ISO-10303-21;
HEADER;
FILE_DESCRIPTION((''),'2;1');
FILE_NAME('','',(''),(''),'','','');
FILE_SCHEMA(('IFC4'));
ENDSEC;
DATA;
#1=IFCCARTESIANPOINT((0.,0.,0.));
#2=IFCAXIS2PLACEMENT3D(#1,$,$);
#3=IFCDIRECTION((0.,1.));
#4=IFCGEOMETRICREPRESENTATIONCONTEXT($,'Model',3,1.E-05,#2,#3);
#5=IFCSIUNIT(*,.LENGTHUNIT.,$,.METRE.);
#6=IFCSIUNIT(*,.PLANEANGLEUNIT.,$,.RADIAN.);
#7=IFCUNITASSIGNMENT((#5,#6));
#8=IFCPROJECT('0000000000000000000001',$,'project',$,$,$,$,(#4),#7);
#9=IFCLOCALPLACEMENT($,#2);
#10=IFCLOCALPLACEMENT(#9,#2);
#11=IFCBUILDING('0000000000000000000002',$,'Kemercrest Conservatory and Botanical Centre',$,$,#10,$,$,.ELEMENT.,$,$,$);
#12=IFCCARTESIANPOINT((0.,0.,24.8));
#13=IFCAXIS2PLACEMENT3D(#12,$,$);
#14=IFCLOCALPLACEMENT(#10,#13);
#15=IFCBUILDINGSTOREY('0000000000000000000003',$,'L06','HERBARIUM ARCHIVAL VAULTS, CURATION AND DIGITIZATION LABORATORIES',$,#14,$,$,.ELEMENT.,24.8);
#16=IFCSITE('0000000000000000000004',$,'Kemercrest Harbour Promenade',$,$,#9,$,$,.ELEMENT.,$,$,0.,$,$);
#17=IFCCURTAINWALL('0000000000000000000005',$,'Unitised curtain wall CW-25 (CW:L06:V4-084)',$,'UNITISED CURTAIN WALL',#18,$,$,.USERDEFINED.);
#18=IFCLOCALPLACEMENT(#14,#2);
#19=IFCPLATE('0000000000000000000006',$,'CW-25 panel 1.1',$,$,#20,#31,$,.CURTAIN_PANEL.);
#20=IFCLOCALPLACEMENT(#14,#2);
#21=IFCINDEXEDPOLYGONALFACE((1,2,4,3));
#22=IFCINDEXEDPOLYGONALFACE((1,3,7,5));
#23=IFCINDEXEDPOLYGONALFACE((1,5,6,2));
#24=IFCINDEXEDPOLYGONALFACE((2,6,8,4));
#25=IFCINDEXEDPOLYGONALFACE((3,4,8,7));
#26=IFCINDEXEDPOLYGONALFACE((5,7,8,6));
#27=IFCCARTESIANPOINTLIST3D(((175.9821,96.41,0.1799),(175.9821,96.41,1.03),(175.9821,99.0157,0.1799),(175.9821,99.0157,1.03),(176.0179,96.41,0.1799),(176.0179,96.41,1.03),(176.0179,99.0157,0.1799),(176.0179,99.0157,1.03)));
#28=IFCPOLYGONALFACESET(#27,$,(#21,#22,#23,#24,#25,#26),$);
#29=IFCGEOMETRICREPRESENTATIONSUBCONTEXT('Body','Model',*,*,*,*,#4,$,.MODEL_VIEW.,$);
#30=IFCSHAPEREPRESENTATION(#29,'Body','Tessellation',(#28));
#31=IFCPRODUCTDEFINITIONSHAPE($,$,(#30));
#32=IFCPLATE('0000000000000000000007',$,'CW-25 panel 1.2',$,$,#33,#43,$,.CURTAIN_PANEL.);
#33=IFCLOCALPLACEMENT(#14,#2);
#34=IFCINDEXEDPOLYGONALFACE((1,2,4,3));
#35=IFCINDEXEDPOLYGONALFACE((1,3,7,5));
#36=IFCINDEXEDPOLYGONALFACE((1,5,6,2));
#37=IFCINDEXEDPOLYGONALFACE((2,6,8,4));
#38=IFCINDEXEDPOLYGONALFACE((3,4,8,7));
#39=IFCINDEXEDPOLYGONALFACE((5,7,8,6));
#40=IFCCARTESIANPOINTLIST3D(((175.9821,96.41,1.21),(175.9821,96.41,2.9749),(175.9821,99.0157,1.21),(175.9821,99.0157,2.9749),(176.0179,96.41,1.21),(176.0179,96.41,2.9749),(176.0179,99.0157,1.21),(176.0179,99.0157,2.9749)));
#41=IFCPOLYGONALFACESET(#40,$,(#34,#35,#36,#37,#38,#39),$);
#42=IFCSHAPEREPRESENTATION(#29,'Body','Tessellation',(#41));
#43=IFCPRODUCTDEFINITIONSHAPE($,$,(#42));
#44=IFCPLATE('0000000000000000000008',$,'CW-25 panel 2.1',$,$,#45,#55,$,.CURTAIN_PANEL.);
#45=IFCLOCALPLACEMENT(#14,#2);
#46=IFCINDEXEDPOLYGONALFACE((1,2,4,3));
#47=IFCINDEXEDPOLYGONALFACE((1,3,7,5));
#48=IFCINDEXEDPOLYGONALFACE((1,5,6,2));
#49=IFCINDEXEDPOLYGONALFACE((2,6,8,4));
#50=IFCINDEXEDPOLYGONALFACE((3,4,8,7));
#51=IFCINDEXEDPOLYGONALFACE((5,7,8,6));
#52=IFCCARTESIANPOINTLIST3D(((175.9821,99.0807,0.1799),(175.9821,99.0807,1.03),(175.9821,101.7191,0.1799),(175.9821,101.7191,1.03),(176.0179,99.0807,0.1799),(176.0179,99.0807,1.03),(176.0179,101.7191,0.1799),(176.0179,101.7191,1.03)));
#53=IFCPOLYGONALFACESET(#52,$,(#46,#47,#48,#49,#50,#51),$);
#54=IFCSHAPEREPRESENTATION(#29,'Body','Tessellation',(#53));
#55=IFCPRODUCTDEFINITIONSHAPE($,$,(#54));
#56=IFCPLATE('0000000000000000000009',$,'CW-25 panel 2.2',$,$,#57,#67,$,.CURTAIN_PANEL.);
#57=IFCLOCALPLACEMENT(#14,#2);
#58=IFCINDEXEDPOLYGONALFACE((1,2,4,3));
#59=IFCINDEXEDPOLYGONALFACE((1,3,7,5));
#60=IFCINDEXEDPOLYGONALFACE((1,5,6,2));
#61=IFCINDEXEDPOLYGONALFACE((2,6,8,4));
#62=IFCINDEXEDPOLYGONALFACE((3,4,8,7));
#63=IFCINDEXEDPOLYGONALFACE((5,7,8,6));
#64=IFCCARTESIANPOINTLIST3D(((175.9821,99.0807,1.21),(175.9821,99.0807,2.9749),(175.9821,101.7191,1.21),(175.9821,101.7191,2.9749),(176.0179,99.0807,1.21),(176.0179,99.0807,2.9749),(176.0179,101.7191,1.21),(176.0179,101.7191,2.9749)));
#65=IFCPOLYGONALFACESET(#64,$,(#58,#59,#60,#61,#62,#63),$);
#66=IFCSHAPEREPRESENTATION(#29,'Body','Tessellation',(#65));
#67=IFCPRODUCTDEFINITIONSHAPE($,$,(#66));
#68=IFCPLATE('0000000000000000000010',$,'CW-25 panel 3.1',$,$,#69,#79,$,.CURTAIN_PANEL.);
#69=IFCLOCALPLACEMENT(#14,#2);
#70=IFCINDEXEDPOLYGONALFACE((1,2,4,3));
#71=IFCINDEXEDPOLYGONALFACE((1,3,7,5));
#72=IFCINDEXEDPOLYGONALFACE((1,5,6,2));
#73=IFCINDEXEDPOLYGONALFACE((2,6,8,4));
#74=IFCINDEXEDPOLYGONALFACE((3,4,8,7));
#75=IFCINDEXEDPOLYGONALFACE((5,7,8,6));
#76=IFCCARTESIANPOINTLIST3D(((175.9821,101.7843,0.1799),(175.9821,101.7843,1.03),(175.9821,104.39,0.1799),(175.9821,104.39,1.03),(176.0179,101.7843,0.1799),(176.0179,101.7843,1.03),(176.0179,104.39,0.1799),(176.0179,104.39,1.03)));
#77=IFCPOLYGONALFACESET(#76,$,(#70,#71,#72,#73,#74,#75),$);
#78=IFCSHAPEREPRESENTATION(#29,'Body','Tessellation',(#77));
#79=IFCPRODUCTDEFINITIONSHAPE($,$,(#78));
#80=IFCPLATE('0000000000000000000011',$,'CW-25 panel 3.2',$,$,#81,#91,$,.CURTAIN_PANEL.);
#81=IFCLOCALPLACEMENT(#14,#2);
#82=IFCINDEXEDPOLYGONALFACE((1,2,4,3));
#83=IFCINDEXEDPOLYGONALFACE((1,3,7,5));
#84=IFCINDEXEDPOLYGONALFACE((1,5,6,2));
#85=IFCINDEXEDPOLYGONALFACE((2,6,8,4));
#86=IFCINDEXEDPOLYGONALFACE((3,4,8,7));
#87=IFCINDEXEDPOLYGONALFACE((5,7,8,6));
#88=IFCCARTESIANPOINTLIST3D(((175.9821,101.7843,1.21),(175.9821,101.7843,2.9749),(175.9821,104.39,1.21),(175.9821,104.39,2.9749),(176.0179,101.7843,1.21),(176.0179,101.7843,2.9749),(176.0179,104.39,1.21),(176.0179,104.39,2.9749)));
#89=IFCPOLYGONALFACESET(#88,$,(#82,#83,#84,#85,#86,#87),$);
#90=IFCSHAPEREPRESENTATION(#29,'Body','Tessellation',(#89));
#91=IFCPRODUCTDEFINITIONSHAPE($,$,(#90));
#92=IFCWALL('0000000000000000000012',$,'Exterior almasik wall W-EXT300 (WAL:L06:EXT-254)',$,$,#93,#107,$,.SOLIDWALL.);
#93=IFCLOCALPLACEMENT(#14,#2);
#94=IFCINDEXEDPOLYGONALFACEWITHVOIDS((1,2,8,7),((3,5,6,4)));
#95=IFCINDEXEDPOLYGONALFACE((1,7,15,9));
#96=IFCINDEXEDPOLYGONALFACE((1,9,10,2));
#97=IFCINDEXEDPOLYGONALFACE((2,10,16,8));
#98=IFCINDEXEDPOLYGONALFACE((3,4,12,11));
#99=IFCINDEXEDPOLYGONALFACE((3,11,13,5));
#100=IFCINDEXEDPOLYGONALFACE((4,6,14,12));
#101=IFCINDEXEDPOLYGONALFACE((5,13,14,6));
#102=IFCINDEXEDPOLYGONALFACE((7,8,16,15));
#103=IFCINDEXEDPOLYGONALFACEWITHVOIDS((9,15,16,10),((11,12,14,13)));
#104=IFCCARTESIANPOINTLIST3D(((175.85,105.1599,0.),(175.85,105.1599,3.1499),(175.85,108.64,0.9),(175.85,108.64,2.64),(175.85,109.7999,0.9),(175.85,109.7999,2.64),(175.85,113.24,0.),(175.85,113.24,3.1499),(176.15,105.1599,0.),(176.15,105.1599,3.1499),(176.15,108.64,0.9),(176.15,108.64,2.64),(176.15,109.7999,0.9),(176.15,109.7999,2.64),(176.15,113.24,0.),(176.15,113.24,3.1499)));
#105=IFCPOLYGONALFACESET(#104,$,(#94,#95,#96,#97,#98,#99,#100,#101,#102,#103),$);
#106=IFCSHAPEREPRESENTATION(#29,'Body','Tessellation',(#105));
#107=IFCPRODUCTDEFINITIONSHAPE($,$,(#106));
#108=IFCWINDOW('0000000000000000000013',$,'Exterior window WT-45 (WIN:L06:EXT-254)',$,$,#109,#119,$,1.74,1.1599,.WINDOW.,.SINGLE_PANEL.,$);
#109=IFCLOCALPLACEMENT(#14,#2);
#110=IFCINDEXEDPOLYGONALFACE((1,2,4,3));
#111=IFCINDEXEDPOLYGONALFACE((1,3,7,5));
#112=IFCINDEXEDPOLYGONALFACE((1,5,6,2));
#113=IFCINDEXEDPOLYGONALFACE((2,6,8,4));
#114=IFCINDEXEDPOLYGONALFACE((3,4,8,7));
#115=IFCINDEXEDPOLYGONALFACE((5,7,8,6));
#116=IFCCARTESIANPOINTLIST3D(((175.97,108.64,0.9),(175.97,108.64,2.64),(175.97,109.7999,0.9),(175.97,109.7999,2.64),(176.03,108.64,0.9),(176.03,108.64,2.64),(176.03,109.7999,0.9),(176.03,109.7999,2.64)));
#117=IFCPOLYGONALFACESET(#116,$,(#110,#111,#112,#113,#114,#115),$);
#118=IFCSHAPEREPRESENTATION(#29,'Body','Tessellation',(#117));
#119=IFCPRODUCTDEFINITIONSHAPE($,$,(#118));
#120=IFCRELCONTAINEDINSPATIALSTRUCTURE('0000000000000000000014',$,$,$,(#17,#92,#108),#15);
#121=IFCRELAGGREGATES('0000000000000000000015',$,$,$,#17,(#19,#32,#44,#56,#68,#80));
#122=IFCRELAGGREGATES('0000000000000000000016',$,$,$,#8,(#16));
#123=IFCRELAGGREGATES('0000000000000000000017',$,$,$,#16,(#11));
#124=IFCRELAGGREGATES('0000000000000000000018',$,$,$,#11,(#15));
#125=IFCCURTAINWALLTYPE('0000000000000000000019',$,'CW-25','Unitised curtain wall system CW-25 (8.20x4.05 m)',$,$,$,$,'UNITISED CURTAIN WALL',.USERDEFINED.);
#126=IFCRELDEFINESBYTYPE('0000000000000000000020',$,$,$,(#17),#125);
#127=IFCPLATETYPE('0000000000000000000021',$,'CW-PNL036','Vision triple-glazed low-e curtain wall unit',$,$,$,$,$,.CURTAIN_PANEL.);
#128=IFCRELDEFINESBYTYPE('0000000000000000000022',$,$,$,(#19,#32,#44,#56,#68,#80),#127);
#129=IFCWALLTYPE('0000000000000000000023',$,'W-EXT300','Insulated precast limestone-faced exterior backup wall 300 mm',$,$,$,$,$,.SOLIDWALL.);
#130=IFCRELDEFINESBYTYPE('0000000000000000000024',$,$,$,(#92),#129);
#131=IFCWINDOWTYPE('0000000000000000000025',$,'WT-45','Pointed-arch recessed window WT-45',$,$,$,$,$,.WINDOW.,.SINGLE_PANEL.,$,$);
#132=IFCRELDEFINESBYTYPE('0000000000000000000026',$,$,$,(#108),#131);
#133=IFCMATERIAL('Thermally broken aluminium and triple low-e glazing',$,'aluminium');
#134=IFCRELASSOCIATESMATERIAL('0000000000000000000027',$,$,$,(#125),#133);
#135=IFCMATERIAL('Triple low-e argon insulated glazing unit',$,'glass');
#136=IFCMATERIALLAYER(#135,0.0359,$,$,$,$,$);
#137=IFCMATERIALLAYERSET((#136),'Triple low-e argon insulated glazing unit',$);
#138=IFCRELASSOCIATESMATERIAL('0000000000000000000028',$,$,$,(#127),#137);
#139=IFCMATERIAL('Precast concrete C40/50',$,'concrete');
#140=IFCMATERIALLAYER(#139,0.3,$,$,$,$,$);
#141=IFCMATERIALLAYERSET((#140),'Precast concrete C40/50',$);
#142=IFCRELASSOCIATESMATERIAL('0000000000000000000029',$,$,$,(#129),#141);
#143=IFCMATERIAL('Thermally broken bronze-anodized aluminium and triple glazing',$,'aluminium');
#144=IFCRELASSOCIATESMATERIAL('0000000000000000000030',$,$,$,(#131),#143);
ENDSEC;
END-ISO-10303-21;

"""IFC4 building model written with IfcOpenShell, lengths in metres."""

from ifc_helpers import new_model, si_unit, direction, frame, frame_2d, origin, origin_2d, place, context, subcontext, project, spatial, rectangle, extrude, material, layer, layer_set, type_object, element, fill, aggregate, save


model = new_model("IFC4")

# Units and contexts
model_context = context("Model", 3, precision=1e-05, world=origin(), true_north=direction((0.0, 1.0)))
body_context = subcontext(model_context, "Body", "Model", "MODEL_VIEW")
ifc_project = project(units=[si_unit("LENGTHUNIT", "METRE"), si_unit("PLANEANGLEUNIT", "RADIAN")], contexts=[model_context])

# Site, building, storey
site_placement = place(None, origin())
site = spatial("IfcSite", under=ifc_project, at=site_placement, Name="Kemercrest Harbour Promenade", CompositionType="ELEMENT", RefElevation=0.0)
building_placement = place(site_placement, origin())
building = spatial("IfcBuilding", under=site, at=building_placement, Name="Kemercrest Conservatory and Botanical Centre", CompositionType="ELEMENT")
storey_placement = place(building_placement, frame((0.0, 0.0, 24.8)))
storey = spatial("IfcBuildingStorey", under=building, at=storey_placement, Name="L06", Description="HERBARIUM ARCHIVAL VAULTS, CURATION AND DIGITIZATION LABORATORIES", CompositionType="ELEMENT", Elevation=24.8)

# Curtain wall
ifc_material_1 = material(Name="Thermally broken aluminium and triple low-e glazing", Category="aluminium")
curtain_wall_type = type_object("IfcCurtainWallType", Name="CW-25", Description="Unitised curtain wall system CW-25 (8.20x4.05 m)", ElementType="UNITISED CURTAIN WALL", PredefinedType="USERDEFINED", material=ifc_material_1)
curtain_wall_placement = place(storey_placement, origin())
curtain_wall = element("IfcCurtainWall", 1, at=curtain_wall_placement, inside=storey, type_object=curtain_wall_type, Name="Unitised curtain wall CW-25 (CW:L06:V4-084)", ObjectType="UNITISED CURTAIN WALL", PredefinedType="USERDEFINED")

# Plates
ifc_material_2 = material(Name="Triple low-e argon insulated glazing unit", Category="glass")
ifc_layer_1 = layer(ifc_material_2, 0.0359)
ifc_layer_set_1 = layer_set([ifc_layer_1], Name="Triple low-e argon insulated glazing unit")
plate_type = type_object("IfcPlateType", Name="CW-PNL036", Description="Vision triple-glazed low-e curtain wall unit", PredefinedType="CURTAIN_PANEL", material=ifc_layer_set_1)
plate_1_placement = place(storey_placement, frame((176.0, 97.7129, 0.1799), z_axis=(0.0, 0.0, 1.0), x_axis=(0.0, 1.0, 0.0)))
plate_1 = element("IfcPlate", 2, at=plate_1_placement, type_object=plate_type, Name="CW-25 panel 1.1", PredefinedType="CURTAIN_PANEL", context=body_context, shape_type="SweptSolid", body=[
    extrude(rectangle(XDim=2.6057, YDim=0.0359, at=origin_2d()), origin(), (0.0, 0.0, 1.0), 0.8501),
])
plate_2_placement = place(storey_placement, frame((176.0, 97.7129, 1.21), z_axis=(0.0, 0.0, 1.0), x_axis=(0.0, 1.0, 0.0)))
plate_2 = element("IfcPlate", 3, at=plate_2_placement, type_object=plate_type, Name="CW-25 panel 1.2", PredefinedType="CURTAIN_PANEL", context=body_context, shape_type="SweptSolid", body=[
    extrude(rectangle(XDim=2.6057, YDim=0.0359, at=origin_2d()), origin(), (0.0, 0.0, 1.0), 1.7649),
])
plate_3_placement = place(storey_placement, frame((176.0, 100.3999, 0.1799), z_axis=(0.0, 0.0, 1.0), x_axis=(0.0, 1.0, 0.0)))
plate_3 = element("IfcPlate", 4, at=plate_3_placement, type_object=plate_type, Name="CW-25 panel 2.1", PredefinedType="CURTAIN_PANEL", context=body_context, shape_type="SweptSolid", body=[
    extrude(rectangle(XDim=2.6384, YDim=0.0359, at=origin_2d()), origin(), (0.0, 0.0, 1.0), 0.8501),
])
plate_4_placement = place(storey_placement, frame((176.0, 100.3999, 1.21), z_axis=(0.0, 0.0, 1.0), x_axis=(0.0, 1.0, 0.0)))
plate_4 = element("IfcPlate", 5, at=plate_4_placement, type_object=plate_type, Name="CW-25 panel 2.2", PredefinedType="CURTAIN_PANEL", context=body_context, shape_type="SweptSolid", body=[
    extrude(rectangle(XDim=2.6384, YDim=0.0359, at=origin_2d()), origin(), (0.0, 0.0, 1.0), 1.7649),
])
plate_5_placement = place(storey_placement, frame((176.0, 103.0872, 0.1799), z_axis=(0.0, 0.0, 1.0), x_axis=(0.0, 1.0, 0.0)))
plate_5 = element("IfcPlate", 6, at=plate_5_placement, type_object=plate_type, Name="CW-25 panel 3.1", PredefinedType="CURTAIN_PANEL", context=body_context, shape_type="SweptSolid", body=[
    extrude(rectangle(XDim=2.6057, YDim=0.0359, at=origin_2d()), origin(), (0.0, 0.0, 1.0), 0.8501),
])
plate_6_placement = place(storey_placement, frame((176.0, 103.0872, 1.21), z_axis=(0.0, 0.0, 1.0), x_axis=(0.0, 1.0, 0.0)))
plate_6 = element("IfcPlate", 7, at=plate_6_placement, type_object=plate_type, Name="CW-25 panel 3.2", PredefinedType="CURTAIN_PANEL", context=body_context, shape_type="SweptSolid", body=[
    extrude(rectangle(XDim=2.6057, YDim=0.0359, at=origin_2d()), origin(), (0.0, 0.0, 1.0), 1.7649),
])
aggregate(curtain_wall, [plate_1, plate_2, plate_3, plate_4, plate_5, plate_6])

# Wall, opening, window
ifc_material_3 = material(Name="Precast concrete C40/50", Category="concrete")
ifc_layer_2 = layer(ifc_material_3, 0.3)
ifc_layer_set_2 = layer_set([ifc_layer_2], Name="Precast concrete C40/50")
wall_type = type_object("IfcWallType", Name="W-EXT300", Description="Insulated precast limestone-faced exterior backup wall 300 mm", PredefinedType="SOLIDWALL", material=ifc_layer_set_2)
wall_placement = place(storey_placement, frame((176.0, 105.1599, 0.0), z_axis=(0.0, 0.0, 1.0), x_axis=(0.0, 1.0, 0.0)))
wall = element("IfcWall", 8, at=wall_placement, inside=storey, type_object=wall_type, Name="Exterior almasik wall W-EXT300 (WAL:L06:EXT-254)", PredefinedType="SOLIDWALL", context=body_context, shape_type="SweptSolid", body=[
    extrude(rectangle(XDim=8.0801, YDim=0.3, at=frame_2d((4.04, 0.0))), origin(), (0.0, 0.0, 1.0), 3.1499),
])
opening_placement = place(wall_placement, frame((3.48, 0.0, 0.8999)))
opening = element("IfcOpeningElement", 9, at=opening_placement, cuts=wall, PredefinedType="OPENING", context=body_context, shape_type="SweptSolid", body=[
    extrude(rectangle(XDim=1.1599, YDim=1.74, at=frame_2d((0.5801, 0.8701))), frame((0.0, 0.1602, 0.0), z_axis=(0.0, -1.0, 0.0), x_axis=(1.0, 0.0, 0.0)), (0.0, 0.0, 1.0), 0.3201),
])
ifc_material_4 = material(Name="Thermally broken bronze-anodized aluminium and triple glazing", Category="aluminium")
window_type = type_object("IfcWindowType", Name="WT-45", Description="Pointed-arch recessed window WT-45", PartitioningType="SINGLE_PANEL", PredefinedType="WINDOW", material=ifc_material_4)
window_placement = place(opening_placement, origin())
window = element("IfcWindow", 10, at=window_placement, inside=storey, type_object=window_type, Name="Exterior window WT-45 (WIN:L06:EXT-254)", OverallHeight=1.74, OverallWidth=1.1599, PartitioningType="SINGLE_PANEL", PredefinedType="WINDOW", context=body_context, shape_type="SweptSolid", body=[
    extrude(rectangle(XDim=1.1599, YDim=1.74, at=frame_2d((0.5801, 0.8701))), frame((0.0, 0.03, 0.0), z_axis=(0.0, -1.0, 0.0), x_axis=(1.0, 0.0, 0.0)), (0.0, 0.0, 1.0), 0.0601),
])
fill(opening, window)

save(model, "model.ifc")
